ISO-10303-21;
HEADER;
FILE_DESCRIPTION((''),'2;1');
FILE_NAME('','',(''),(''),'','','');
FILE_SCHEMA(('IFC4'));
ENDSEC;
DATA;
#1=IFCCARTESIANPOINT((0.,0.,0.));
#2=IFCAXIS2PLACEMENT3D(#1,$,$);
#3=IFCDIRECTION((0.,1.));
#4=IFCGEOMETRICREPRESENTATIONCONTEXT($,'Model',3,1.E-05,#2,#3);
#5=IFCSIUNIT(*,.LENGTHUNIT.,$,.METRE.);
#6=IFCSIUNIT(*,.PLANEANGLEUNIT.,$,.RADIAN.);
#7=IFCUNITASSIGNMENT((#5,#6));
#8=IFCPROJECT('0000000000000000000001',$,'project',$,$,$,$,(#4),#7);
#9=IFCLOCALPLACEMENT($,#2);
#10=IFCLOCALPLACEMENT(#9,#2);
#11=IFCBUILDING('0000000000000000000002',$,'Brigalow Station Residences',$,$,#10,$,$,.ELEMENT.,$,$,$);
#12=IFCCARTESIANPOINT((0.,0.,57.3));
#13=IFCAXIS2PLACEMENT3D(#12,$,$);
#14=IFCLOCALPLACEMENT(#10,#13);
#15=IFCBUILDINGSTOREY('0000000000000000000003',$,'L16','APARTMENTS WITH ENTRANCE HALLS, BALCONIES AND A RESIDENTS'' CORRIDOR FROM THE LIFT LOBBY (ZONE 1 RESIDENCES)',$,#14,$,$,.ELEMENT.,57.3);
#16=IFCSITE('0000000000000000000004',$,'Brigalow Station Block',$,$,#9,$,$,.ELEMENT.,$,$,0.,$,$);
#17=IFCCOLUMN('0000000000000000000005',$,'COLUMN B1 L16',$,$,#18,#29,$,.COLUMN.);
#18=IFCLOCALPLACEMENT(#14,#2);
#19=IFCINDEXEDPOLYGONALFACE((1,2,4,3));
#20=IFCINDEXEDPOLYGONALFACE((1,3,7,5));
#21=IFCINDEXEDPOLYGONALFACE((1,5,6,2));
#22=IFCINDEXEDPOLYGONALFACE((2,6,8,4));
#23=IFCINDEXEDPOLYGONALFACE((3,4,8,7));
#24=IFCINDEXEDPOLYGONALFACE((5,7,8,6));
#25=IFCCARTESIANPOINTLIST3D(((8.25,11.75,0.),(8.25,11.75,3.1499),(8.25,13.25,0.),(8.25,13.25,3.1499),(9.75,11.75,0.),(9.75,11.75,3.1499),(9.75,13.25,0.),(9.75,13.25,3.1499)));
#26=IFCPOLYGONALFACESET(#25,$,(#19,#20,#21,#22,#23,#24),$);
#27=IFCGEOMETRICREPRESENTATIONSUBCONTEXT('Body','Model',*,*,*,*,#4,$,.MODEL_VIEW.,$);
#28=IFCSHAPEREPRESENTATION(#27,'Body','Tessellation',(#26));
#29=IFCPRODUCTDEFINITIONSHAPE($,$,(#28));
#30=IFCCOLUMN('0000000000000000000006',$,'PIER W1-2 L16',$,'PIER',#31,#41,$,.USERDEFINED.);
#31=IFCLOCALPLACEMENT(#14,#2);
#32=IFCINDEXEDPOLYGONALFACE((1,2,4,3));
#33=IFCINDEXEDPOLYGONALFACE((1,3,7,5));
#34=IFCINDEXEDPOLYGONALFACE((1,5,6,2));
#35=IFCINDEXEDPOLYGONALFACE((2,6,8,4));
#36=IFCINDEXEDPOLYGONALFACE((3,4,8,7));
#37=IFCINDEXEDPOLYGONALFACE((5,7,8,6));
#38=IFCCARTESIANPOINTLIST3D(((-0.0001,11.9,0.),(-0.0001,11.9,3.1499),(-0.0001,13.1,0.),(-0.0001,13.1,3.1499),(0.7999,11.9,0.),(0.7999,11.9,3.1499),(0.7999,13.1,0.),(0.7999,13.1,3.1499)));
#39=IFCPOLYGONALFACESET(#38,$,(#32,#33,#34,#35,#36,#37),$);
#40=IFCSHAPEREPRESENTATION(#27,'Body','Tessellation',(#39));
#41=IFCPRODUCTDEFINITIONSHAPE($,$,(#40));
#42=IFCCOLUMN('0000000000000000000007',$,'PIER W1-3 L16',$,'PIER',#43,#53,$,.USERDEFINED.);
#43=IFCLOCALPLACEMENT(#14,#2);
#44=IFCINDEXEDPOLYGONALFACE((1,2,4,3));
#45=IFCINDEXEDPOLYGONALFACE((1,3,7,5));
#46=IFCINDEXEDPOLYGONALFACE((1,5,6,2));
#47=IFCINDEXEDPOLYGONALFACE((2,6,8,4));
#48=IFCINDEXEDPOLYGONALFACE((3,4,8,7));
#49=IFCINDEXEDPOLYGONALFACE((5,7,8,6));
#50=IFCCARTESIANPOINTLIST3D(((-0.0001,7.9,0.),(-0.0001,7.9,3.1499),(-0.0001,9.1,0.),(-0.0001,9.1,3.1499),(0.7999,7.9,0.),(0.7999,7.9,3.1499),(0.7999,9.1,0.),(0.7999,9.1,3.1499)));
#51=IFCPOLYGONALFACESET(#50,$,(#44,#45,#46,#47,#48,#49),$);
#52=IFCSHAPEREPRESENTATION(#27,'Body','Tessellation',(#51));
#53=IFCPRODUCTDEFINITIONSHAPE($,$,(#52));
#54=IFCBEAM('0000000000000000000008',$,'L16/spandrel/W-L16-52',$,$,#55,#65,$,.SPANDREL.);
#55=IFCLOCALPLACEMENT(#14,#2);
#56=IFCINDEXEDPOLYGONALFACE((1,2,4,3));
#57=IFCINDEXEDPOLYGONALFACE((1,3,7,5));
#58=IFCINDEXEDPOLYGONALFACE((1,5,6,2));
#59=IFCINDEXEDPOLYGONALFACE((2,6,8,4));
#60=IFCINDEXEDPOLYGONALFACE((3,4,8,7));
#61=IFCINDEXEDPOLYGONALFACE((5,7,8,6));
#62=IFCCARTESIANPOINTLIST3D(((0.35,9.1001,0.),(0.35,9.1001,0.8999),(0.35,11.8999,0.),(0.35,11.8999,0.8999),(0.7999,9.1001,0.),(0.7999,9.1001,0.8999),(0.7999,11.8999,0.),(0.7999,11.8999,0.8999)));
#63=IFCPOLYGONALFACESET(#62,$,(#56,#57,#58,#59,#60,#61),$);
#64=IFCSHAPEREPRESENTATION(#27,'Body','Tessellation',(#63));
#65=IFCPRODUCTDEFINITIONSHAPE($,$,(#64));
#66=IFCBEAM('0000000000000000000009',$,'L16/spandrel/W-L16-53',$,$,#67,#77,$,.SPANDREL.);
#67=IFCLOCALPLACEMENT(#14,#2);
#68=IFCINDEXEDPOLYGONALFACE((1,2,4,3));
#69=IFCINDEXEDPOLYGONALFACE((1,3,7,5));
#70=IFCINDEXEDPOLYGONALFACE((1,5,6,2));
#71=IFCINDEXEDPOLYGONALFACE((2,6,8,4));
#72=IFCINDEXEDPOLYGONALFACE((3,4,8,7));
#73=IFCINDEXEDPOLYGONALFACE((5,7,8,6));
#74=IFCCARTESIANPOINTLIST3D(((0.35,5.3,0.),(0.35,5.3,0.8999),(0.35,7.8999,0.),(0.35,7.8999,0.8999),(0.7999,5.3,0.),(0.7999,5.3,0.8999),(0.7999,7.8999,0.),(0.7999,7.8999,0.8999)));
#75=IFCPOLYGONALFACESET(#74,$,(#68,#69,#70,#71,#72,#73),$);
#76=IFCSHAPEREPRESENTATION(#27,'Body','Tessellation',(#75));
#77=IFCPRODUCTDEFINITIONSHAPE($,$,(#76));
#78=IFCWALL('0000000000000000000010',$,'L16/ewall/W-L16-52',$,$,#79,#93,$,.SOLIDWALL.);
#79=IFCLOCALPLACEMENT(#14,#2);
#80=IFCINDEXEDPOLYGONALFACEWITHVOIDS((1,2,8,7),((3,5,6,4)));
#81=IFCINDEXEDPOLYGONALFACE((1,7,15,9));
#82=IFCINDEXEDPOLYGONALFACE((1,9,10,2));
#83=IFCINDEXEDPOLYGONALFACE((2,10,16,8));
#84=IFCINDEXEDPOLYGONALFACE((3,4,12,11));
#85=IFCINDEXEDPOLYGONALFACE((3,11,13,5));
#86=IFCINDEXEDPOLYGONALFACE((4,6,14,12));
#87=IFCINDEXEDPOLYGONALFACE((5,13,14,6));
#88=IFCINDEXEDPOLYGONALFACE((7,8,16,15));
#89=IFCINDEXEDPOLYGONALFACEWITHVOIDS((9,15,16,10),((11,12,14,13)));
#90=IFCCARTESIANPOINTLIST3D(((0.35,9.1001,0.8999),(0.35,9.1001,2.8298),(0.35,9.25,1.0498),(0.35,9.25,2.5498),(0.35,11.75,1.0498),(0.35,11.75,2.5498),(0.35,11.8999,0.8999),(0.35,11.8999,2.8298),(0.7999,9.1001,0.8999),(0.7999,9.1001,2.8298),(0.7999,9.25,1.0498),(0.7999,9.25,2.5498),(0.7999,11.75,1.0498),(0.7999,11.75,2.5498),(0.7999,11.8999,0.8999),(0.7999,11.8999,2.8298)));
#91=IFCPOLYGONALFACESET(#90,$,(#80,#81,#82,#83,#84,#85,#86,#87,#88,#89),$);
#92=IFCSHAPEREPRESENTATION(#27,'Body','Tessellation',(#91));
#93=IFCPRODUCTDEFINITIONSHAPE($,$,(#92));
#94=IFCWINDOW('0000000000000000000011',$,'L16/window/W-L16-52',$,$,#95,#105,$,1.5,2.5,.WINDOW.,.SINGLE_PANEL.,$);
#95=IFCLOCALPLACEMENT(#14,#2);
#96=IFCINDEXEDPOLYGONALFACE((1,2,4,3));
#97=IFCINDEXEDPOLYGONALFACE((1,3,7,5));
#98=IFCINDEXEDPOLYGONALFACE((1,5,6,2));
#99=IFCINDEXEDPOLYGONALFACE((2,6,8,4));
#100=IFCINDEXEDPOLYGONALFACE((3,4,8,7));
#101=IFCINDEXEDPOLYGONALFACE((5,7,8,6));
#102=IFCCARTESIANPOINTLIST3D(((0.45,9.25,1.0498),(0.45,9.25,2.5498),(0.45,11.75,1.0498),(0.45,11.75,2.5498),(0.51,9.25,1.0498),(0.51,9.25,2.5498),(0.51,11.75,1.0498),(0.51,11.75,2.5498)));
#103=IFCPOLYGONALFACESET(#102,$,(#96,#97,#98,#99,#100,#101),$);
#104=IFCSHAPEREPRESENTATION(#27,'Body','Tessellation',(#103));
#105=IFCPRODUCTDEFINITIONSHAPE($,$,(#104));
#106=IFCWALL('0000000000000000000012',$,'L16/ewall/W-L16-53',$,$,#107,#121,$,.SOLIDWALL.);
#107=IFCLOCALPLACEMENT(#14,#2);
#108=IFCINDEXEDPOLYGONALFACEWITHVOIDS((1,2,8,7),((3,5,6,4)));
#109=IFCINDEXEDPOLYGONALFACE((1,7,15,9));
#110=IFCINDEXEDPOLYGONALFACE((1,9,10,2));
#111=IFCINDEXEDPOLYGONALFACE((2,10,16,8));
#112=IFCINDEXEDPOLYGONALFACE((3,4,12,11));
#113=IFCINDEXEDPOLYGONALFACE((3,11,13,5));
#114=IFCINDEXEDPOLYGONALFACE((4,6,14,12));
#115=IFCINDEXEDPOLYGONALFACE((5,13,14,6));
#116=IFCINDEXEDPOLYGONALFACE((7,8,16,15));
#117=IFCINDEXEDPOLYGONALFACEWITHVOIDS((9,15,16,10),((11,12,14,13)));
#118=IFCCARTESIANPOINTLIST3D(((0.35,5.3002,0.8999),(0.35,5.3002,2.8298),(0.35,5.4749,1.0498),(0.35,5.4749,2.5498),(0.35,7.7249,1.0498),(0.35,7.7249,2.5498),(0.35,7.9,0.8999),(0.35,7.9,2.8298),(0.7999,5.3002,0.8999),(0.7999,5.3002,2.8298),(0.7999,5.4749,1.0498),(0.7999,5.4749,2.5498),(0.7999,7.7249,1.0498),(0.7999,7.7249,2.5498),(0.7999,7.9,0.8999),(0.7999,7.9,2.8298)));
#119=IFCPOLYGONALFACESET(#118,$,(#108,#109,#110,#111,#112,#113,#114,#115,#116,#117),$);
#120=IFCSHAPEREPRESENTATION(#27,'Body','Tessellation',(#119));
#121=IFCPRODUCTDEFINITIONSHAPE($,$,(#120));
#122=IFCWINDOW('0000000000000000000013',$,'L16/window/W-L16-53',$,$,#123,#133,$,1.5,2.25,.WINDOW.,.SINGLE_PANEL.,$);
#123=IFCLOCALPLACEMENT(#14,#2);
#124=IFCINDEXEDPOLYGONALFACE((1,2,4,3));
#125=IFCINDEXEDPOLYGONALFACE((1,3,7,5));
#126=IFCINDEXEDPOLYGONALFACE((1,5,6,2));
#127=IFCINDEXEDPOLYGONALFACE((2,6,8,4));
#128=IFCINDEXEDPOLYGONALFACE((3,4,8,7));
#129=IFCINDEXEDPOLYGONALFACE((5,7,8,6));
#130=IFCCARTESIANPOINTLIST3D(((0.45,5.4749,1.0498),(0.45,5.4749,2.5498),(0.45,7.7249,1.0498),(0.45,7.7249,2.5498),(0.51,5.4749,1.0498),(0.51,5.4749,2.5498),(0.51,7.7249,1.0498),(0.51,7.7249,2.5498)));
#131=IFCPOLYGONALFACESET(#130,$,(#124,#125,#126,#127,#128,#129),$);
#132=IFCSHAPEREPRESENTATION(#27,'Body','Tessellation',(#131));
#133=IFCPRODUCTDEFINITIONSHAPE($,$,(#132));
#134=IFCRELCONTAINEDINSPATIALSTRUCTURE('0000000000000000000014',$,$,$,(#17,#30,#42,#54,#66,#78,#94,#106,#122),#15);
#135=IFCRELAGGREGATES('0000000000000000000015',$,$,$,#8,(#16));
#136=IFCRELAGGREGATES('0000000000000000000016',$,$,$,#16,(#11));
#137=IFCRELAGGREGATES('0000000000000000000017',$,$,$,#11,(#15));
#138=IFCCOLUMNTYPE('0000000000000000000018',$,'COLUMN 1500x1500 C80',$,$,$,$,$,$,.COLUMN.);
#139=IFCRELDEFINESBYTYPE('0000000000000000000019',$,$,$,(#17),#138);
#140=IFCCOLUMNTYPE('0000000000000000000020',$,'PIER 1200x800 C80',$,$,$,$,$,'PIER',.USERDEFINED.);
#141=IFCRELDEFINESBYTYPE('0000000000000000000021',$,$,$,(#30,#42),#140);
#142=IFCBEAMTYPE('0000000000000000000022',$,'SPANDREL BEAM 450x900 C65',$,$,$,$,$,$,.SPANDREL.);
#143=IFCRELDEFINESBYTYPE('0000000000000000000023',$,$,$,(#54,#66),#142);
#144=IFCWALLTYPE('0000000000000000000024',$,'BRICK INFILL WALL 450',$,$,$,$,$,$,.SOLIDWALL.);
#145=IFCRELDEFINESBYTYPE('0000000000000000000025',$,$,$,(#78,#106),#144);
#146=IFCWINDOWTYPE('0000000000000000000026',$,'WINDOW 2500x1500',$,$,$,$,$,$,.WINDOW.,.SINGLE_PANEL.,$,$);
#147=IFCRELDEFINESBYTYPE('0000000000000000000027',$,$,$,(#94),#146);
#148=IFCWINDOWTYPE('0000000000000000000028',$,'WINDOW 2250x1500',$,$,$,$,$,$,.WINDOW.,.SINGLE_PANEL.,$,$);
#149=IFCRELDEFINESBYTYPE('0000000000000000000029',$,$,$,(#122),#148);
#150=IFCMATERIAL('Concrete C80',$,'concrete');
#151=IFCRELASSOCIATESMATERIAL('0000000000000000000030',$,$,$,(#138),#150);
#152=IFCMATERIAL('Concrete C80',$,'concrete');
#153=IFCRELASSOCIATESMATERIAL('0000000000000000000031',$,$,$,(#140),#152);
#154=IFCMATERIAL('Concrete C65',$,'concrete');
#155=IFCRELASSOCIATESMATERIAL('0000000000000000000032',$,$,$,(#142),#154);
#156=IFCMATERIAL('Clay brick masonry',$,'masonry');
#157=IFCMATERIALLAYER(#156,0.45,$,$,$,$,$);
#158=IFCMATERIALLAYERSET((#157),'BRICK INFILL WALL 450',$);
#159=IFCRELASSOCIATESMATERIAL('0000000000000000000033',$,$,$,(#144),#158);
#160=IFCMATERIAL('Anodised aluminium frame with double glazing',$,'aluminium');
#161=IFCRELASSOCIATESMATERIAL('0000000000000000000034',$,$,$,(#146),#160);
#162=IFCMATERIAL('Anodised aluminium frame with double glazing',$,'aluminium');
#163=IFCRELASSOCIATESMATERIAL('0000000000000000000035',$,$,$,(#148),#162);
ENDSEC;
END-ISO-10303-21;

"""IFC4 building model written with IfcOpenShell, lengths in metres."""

from ifc_helpers import new_model, si_unit, direction, frame, frame_2d, origin, origin_2d, place, context, subcontext, project, spatial, rectangle, extrude, material, layer, layer_set, material_profile, profile_set, type_object, element, fill, save


model = new_model("IFC4")

# Units and contexts
model_context = context("Model", 3, precision=1e-05, world=origin(), true_north=direction((0.0, 1.0)))
body_context = subcontext(model_context, "Body", "Model", "MODEL_VIEW")
ifc_project = project(units=[si_unit("LENGTHUNIT", "METRE"), si_unit("PLANEANGLEUNIT", "RADIAN")], contexts=[model_context])

# Site, building, storey
site_placement = place(None, origin())
site = spatial("IfcSite", under=ifc_project, at=site_placement, Name="Brigalow Station Block", CompositionType="ELEMENT", RefElevation=0.0)
building_placement = place(site_placement, origin())
building = spatial("IfcBuilding", under=site, at=building_placement, Name="Brigalow Station Residences", CompositionType="ELEMENT")
storey_placement = place(building_placement, frame((0.0, 0.0, 57.3)))
storey = spatial("IfcBuildingStorey", under=building, at=storey_placement, Name="L16", Description="APARTMENTS WITH ENTRANCE HALLS, BALCONIES AND A RESIDENTS' CORRIDOR FROM THE LIFT LOBBY (ZONE 1 RESIDENCES)", CompositionType="ELEMENT", Elevation=57.3)

# Columns
ifc_material_1 = material(Name="Concrete C80", Category="concrete")
ifc_material_profile_1 = material_profile(ifc_material_1, rectangle(XDim=1.5, YDim=1.5, at=origin_2d()), Name="RC1500x1500")
ifc_profile_set_1 = profile_set([ifc_material_profile_1], Name="Concrete C80")
column_type_1 = type_object("IfcColumnType", Name="COLUMN 1500x1500 C80", PredefinedType="COLUMN", material=ifc_profile_set_1)
column_placement = place(storey_placement, frame((9.0, 12.5, 0.0), z_axis=(0.0, 0.0, 1.0), x_axis=(1.0, 0.0, 0.0)))
element("IfcColumn", 1, at=column_placement, inside=storey, type_object=column_type_1, Name="COLUMN B1 L16", PredefinedType="COLUMN", context=body_context, shape_type="SweptSolid", body=[
    extrude(rectangle(XDim=1.5, YDim=1.5, at=origin_2d()), origin(), (0.0, 0.0, 1.0), 3.1499),
])
ifc_material_2 = material(Name="Concrete C80", Category="concrete")
ifc_material_profile_2 = material_profile(ifc_material_2, rectangle(XDim=1.2, YDim=0.8, at=origin_2d()), Name="RC1200x800")
ifc_profile_set_2 = profile_set([ifc_material_profile_2], Name="Concrete C80")
column_type_2 = type_object("IfcColumnType", Name="PIER 1200x800 C80", ElementType="PIER", PredefinedType="USERDEFINED", material=ifc_profile_set_2)
for number, where, z_axis, x_axis, name in (
    (2, (0.3999, 12.5, 0.0), (0.0, 0.0, 1.0), (0.0, -1.0, 0.0), "PIER W1-2 L16"),
    (3, (0.3999, 8.5, 0.0), (0.0, 0.0, 1.0), (0.0, -1.0, 0.0), "PIER W1-3 L16"),
):
    element("IfcColumn", number, at=place(storey_placement, frame(where, z_axis=z_axis, x_axis=x_axis)), inside=storey, type_object=column_type_2, Name=name, ObjectType="PIER", PredefinedType="USERDEFINED", context=body_context, shape_type="SweptSolid", body=[
        extrude(rectangle(XDim=1.2, YDim=0.8, at=origin_2d()), origin(), (0.0, 0.0, 1.0), 3.1499),
    ])

# Beams
ifc_material_3 = material(Name="Concrete C65", Category="concrete")
ifc_material_profile_3 = material_profile(ifc_material_3, rectangle(XDim=0.45, YDim=0.8999, at=origin_2d()), Name="RC450x900")
ifc_profile_set_3 = profile_set([ifc_material_profile_3], Name="Concrete C65")
beam_type = type_object("IfcBeamType", Name="SPANDREL BEAM 450x900 C65", PredefinedType="SPANDREL", material=ifc_profile_set_3)
beam_1_placement = place(storey_placement, frame((0.575, 11.8999, 0.45), z_axis=(0.0, -1.0, 0.0), x_axis=(1.0, 0.0, 0.0)))
element("IfcBeam", 4, at=beam_1_placement, inside=storey, type_object=beam_type, Name="L16/spandrel/W-L16-52", PredefinedType="SPANDREL", context=body_context, shape_type="SweptSolid", body=[
    extrude(rectangle(XDim=0.45, YDim=0.8999, at=origin_2d()), origin(), (0.0, 0.0, 1.0), 2.7998),
])
beam_2_placement = place(storey_placement, frame((0.575, 7.8999, 0.45), z_axis=(0.0, -1.0, 0.0), x_axis=(1.0, 0.0, 0.0)))
element("IfcBeam", 5, at=beam_2_placement, inside=storey, type_object=beam_type, Name="L16/spandrel/W-L16-53", PredefinedType="SPANDREL", context=body_context, shape_type="SweptSolid", body=[
    extrude(rectangle(XDim=0.45, YDim=0.8999, at=origin_2d()), origin(), (0.0, 0.0, 1.0), 2.5999),
])

# Walls, openings, windows
ifc_material_4 = material(Name="Clay brick masonry", Category="masonry")
ifc_layer_1 = layer(ifc_material_4, 0.45)
ifc_layer_set_1 = layer_set([ifc_layer_1], Name="BRICK INFILL WALL 450")
wall_type_1 = type_object("IfcWallType", Name="BRICK INFILL WALL 450", PredefinedType="SOLIDWALL", material=ifc_layer_set_1)
wall_1_placement = place(storey_placement, frame((0.575, 11.8999, 0.8999), z_axis=(0.0, 0.0, 1.0), x_axis=(0.0, -1.0, 0.0)))
wall_1 = element("IfcWall", 6, at=wall_1_placement, inside=storey, type_object=wall_type_1, Name="L16/ewall/W-L16-52", PredefinedType="SOLIDWALL", context=body_context, shape_type="SweptSolid", body=[
    extrude(rectangle(XDim=2.7998, YDim=0.45, at=frame_2d((1.3999, 0.0))), origin(), (0.0, 0.0, 1.0), 1.9299),
])
opening_1_placement = place(wall_1_placement, frame((0.1499, 0.0, 0.1499)))
opening_1 = element("IfcOpeningElement", 7, at=opening_1_placement, cuts=wall_1, PredefinedType="OPENING", context=body_context, shape_type="SweptSolid", body=[
    extrude(rectangle(XDim=2.5, YDim=1.5, at=frame_2d((1.25, 0.75))), frame((0.0, 0.2349, 0.0), z_axis=(0.0, -1.0, 0.0), x_axis=(1.0, 0.0, 0.0)), (0.0, 0.0, 1.0), 0.47),
])
ifc_material_5 = material(Name="Anodised aluminium frame with double glazing", Category="aluminium")
window_type_1 = type_object("IfcWindowType", Name="WINDOW 2500x1500", PartitioningType="SINGLE_PANEL", PredefinedType="WINDOW", material=ifc_material_5)
window_1_placement = place(opening_1_placement, origin())
window_1 = element("IfcWindow", 8, at=window_1_placement, inside=storey, type_object=window_type_1, Name="L16/window/W-L16-52", OverallHeight=1.5, OverallWidth=2.5, PartitioningType="SINGLE_PANEL", PredefinedType="WINDOW", context=body_context, shape_type="SweptSolid", body=[
    extrude(rectangle(XDim=2.5, YDim=1.5, at=frame_2d((1.25, 0.75))), frame((0.0, -0.0649, 0.0), z_axis=(0.0, -1.0, 0.0), x_axis=(1.0, 0.0, 0.0)), (0.0, 0.0, 1.0), 0.0601),
])
fill(opening_1, window_1)
wall_2_placement = place(storey_placement, frame((0.575, 7.8999, 0.8999), z_axis=(0.0, 0.0, 1.0), x_axis=(0.0, -1.0, 0.0)))
wall_2 = element("IfcWall", 9, at=wall_2_placement, inside=storey, type_object=wall_type_1, Name="L16/ewall/W-L16-53", PredefinedType="SOLIDWALL", context=body_context, shape_type="SweptSolid", body=[
    extrude(rectangle(XDim=2.5999, YDim=0.45, at=frame_2d((1.2998, 0.0))), origin(), (0.0, 0.0, 1.0), 1.9299),
])
opening_2_placement = place(wall_2_placement, frame((0.175, 0.0, 0.1499)))
opening_2 = element("IfcOpeningElement", 10, at=opening_2_placement, cuts=wall_2, PredefinedType="OPENING", context=body_context, shape_type="SweptSolid", body=[
    extrude(rectangle(XDim=2.25, YDim=1.5, at=frame_2d((1.125, 0.75))), frame((0.0, 0.2349, 0.0), z_axis=(0.0, -1.0, 0.0), x_axis=(1.0, 0.0, 0.0)), (0.0, 0.0, 1.0), 0.47),
])
ifc_material_6 = material(Name="Anodised aluminium frame with double glazing", Category="aluminium")
window_type_2 = type_object("IfcWindowType", Name="WINDOW 2250x1500", PartitioningType="SINGLE_PANEL", PredefinedType="WINDOW", material=ifc_material_6)
window_2_placement = place(opening_2_placement, origin())
window_2 = element("IfcWindow", 11, at=window_2_placement, inside=storey, type_object=window_type_2, Name="L16/window/W-L16-53", OverallHeight=1.5, OverallWidth=2.25, PartitioningType="SINGLE_PANEL", PredefinedType="WINDOW", context=body_context, shape_type="SweptSolid", body=[
    extrude(rectangle(XDim=2.25, YDim=1.5, at=frame_2d((1.125, 0.75))), frame((0.0, -0.0649, 0.0), z_axis=(0.0, -1.0, 0.0), x_axis=(1.0, 0.0, 0.0)), (0.0, 0.0, 1.0), 0.0601),
])
fill(opening_2, window_2)

save(model, "model.ifc")
